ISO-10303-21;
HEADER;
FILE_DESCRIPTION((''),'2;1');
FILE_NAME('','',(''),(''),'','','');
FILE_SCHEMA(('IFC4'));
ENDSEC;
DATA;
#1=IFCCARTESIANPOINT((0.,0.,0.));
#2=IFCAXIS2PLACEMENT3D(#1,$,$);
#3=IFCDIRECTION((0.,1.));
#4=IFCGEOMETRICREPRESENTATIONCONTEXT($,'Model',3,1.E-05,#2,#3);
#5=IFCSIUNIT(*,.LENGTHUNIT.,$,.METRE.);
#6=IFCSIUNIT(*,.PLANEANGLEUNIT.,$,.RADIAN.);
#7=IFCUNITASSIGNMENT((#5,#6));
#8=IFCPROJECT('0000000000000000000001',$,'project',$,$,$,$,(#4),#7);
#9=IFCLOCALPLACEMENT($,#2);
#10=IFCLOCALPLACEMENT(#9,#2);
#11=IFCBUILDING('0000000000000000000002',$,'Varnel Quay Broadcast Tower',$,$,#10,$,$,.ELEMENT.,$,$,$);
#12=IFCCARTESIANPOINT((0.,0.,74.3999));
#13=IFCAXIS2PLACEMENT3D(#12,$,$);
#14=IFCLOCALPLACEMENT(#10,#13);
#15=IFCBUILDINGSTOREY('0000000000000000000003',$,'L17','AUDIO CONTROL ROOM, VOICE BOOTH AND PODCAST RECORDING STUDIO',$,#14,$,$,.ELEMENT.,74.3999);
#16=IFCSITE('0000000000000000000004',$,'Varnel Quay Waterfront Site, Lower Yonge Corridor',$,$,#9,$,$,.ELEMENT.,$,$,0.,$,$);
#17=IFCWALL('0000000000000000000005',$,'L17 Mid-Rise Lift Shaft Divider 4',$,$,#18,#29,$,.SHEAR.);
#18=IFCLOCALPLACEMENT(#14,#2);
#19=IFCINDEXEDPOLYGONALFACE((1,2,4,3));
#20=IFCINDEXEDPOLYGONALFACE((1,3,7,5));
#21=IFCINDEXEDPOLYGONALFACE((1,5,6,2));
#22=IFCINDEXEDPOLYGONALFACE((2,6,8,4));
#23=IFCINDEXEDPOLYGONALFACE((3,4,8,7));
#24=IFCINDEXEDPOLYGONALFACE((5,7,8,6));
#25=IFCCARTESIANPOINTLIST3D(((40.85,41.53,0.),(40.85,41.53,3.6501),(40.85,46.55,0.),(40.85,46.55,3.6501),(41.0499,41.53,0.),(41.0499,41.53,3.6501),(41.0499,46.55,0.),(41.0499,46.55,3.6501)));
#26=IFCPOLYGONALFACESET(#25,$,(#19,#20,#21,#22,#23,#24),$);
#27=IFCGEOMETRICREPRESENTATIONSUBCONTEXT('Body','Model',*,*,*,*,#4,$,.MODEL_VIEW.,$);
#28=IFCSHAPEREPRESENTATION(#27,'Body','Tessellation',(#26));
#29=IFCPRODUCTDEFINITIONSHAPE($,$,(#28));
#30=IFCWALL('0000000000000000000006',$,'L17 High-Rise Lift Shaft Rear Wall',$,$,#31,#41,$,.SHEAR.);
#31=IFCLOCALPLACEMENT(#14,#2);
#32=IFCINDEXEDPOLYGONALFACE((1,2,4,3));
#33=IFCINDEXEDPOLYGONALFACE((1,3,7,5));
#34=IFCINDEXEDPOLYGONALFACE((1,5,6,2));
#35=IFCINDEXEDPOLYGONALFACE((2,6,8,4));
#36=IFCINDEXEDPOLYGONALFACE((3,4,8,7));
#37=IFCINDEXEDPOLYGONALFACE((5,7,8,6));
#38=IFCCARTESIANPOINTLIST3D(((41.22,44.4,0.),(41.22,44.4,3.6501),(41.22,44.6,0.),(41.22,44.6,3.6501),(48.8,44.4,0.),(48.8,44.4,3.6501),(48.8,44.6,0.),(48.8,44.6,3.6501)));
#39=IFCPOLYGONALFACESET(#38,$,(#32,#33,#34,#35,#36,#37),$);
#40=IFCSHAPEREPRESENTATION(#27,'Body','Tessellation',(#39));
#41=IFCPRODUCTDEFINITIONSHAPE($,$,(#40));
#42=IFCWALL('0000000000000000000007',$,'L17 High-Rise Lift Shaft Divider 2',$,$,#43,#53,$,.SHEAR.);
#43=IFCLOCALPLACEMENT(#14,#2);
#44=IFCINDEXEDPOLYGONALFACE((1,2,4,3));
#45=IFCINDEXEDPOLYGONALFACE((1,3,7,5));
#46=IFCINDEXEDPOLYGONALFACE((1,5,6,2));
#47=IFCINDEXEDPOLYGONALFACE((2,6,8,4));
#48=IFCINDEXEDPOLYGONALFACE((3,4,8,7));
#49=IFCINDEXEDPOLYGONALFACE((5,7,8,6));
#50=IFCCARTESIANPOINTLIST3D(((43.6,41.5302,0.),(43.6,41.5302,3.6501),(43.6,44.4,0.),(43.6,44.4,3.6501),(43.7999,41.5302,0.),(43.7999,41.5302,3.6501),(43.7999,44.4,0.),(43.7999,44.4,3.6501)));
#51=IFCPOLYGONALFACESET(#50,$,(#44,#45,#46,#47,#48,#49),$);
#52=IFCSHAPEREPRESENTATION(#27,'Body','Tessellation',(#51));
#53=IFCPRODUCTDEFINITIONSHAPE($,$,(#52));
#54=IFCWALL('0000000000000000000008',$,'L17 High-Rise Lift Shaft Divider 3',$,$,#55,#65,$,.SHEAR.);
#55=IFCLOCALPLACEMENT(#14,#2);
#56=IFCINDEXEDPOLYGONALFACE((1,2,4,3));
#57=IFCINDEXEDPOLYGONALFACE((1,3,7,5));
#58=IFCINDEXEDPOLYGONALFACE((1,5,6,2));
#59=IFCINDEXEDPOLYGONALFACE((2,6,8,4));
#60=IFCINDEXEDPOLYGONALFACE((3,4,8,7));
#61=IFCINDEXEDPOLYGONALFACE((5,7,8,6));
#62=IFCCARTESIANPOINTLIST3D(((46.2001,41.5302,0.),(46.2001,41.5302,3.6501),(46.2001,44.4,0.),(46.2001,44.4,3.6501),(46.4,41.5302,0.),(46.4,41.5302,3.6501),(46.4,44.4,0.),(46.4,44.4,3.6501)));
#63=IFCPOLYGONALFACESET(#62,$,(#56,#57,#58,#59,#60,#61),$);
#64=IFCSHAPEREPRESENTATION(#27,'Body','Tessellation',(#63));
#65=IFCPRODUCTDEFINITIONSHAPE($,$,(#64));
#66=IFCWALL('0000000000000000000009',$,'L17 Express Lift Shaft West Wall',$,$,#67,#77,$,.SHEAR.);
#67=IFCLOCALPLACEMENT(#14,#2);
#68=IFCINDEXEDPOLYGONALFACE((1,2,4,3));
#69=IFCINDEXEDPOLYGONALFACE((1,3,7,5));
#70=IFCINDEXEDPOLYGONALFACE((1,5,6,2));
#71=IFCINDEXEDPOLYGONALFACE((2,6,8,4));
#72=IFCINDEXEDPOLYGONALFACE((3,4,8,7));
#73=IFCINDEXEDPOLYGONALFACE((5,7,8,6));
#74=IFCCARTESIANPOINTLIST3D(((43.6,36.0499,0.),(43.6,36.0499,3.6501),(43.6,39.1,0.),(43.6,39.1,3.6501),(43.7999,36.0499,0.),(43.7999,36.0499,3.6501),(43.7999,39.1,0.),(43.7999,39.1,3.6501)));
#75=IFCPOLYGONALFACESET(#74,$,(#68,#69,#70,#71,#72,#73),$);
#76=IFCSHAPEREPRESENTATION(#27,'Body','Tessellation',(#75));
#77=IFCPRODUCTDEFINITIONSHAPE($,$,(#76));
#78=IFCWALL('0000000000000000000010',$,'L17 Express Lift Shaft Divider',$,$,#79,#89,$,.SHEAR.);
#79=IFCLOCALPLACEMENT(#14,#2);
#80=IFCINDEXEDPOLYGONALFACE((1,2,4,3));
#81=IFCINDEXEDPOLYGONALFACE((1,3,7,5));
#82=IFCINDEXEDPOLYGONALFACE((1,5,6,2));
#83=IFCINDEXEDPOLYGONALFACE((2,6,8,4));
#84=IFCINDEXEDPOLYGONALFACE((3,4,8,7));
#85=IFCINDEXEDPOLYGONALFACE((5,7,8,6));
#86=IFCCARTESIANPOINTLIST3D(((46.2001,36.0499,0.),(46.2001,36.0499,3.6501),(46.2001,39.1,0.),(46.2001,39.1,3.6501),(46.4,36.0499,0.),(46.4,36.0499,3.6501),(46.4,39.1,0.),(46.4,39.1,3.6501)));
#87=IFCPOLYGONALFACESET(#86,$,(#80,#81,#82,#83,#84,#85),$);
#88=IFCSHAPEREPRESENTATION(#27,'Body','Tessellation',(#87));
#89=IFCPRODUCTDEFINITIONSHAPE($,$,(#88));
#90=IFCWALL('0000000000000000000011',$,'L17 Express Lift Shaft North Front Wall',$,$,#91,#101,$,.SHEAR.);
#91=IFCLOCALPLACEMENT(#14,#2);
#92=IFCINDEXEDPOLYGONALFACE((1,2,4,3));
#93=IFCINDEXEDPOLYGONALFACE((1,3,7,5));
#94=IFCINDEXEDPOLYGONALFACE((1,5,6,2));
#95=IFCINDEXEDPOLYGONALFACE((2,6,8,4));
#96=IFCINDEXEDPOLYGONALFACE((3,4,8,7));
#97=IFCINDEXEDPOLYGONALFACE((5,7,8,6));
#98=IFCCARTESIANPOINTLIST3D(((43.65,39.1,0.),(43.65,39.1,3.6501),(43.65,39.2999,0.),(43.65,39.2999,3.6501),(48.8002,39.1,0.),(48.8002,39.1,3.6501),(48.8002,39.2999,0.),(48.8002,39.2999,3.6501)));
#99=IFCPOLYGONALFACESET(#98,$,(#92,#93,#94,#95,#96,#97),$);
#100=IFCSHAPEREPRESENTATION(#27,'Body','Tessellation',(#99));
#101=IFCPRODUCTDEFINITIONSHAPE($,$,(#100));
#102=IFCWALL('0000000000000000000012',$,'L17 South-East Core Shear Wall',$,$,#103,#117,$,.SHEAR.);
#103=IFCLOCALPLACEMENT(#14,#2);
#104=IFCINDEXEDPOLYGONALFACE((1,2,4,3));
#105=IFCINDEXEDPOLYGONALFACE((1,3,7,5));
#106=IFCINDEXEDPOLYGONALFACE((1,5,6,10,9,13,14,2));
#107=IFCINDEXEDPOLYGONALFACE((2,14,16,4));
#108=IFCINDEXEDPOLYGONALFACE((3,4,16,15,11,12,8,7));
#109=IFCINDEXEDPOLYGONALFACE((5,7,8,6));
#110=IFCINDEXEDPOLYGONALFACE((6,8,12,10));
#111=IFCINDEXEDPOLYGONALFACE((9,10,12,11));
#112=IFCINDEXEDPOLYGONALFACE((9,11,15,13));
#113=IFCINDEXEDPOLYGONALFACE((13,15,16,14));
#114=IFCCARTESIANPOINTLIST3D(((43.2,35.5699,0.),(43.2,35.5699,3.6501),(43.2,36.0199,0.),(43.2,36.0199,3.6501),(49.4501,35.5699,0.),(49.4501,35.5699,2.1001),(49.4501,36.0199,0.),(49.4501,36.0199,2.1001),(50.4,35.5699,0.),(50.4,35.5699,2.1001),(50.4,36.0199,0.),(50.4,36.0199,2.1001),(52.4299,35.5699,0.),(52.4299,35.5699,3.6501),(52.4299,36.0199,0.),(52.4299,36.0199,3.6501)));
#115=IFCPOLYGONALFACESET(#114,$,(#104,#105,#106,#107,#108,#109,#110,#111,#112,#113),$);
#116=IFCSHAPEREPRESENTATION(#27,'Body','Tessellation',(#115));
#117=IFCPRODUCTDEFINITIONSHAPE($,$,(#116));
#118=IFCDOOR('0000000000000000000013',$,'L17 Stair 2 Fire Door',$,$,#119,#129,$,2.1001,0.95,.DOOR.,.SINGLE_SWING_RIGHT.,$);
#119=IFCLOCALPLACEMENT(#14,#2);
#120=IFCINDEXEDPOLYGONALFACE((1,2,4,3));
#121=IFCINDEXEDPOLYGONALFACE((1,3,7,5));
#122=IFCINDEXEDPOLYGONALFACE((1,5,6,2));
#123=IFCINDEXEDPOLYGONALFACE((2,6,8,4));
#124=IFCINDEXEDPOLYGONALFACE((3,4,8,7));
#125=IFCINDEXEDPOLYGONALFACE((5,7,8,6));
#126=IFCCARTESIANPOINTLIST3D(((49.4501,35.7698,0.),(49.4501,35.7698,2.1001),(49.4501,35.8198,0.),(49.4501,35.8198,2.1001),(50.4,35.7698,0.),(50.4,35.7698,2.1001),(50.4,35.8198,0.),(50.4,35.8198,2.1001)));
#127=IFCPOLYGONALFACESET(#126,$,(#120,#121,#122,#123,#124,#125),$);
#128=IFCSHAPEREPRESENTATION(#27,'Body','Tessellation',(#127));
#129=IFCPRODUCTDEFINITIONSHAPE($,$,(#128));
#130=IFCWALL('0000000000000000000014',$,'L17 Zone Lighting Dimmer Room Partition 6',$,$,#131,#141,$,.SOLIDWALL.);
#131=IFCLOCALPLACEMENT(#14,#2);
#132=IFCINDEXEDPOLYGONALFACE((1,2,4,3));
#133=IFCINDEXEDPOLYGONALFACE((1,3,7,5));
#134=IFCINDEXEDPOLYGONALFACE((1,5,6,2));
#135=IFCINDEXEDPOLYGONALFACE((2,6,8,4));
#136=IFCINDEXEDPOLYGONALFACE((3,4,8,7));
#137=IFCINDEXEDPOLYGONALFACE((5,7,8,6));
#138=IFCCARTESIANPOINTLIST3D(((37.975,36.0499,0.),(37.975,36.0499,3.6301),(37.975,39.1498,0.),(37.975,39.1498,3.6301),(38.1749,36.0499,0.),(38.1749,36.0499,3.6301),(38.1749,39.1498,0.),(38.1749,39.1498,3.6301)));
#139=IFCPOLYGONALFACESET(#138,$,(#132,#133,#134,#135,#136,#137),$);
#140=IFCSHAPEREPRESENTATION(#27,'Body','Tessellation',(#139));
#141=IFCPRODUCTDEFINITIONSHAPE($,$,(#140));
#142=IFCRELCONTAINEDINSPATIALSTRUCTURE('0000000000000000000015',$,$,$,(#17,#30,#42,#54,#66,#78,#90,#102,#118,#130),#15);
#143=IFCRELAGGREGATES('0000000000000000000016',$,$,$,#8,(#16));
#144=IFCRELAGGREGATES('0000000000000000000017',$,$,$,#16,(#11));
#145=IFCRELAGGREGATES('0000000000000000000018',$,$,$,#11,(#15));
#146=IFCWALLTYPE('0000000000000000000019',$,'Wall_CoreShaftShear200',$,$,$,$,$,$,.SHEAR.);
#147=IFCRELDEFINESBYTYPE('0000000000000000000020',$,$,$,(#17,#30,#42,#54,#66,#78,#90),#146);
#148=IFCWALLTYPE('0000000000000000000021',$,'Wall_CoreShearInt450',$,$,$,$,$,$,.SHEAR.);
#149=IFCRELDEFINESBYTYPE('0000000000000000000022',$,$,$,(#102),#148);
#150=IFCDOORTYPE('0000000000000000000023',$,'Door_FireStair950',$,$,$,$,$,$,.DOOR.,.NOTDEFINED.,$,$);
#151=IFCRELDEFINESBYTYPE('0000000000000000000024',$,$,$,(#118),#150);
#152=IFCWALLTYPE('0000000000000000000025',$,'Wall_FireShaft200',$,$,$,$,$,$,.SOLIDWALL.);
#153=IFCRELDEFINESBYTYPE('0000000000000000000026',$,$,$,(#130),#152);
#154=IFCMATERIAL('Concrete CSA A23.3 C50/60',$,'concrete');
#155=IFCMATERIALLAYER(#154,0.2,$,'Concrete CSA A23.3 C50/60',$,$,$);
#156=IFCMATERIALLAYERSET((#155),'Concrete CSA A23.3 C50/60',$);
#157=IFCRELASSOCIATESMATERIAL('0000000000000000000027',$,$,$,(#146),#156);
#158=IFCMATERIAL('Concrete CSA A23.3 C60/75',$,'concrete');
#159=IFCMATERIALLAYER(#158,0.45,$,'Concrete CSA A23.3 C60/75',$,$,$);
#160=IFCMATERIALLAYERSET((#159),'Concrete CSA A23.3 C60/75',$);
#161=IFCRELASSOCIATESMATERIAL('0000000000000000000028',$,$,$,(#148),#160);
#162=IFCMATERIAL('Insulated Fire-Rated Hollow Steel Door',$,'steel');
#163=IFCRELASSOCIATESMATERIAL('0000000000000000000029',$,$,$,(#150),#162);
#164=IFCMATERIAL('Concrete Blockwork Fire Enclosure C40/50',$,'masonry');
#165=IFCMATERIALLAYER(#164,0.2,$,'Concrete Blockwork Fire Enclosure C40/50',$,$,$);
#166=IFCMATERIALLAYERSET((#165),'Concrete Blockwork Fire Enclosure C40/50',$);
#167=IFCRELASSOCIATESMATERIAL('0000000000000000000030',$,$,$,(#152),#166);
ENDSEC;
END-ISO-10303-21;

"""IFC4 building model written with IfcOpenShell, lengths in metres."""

from ifc_helpers import new_model, si_unit, direction, frame, frame_2d, origin, place, context, subcontext, project, spatial, rectangle, extrude, source, transform, mapped, material, layer, layer_set, type_object, type_shapes, element, fill, save


model = new_model("IFC4")

# Units and contexts
model_context = context("Model", 3, precision=1e-05, world=origin(), true_north=direction((0.0, 1.0)))
body_context = subcontext(model_context, "Body", "Model", "MODEL_VIEW")
ifc_project = project(units=[si_unit("LENGTHUNIT", "METRE"), si_unit("PLANEANGLEUNIT", "RADIAN")], contexts=[model_context])

# Site, building, storey
site_placement = place(None, origin())
site = spatial("IfcSite", under=ifc_project, at=site_placement, Name="Varnel Quay Waterfront Site, Lower Yonge Corridor", CompositionType="ELEMENT", RefElevation=0.0)
building_placement = place(site_placement, origin())
building = spatial("IfcBuilding", under=site, at=building_placement, Name="Varnel Quay Broadcast Tower", CompositionType="ELEMENT")
storey_placement = place(building_placement, frame((0.0, 0.0, 74.3999)))
storey = spatial("IfcBuildingStorey", under=building, at=storey_placement, Name="L17", Description="AUDIO CONTROL ROOM, VOICE BOOTH AND PODCAST RECORDING STUDIO", CompositionType="ELEMENT", Elevation=74.3999)

# Walls
ifc_material_1 = material(Name="Concrete CSA A23.3 C50/60", Category="concrete")
ifc_layer_1 = layer(ifc_material_1, 0.2, Name="Concrete CSA A23.3 C50/60")
ifc_layer_set_1 = layer_set([ifc_layer_1], Name="Concrete CSA A23.3 C50/60")
wall_type_1 = type_object("IfcWallType", Name="Wall_CoreShaftShear200", PredefinedType="SHEAR", material=ifc_layer_set_1)
wall_1_placement = place(storey_placement, frame((40.95, 41.53, 0.0), z_axis=(0.0, 0.0, 1.0), x_axis=(0.0, 1.0, 0.0)))
element("IfcWall", 1, at=wall_1_placement, inside=storey, type_object=wall_type_1, Name="L17 Mid-Rise Lift Shaft Divider 4", PredefinedType="SHEAR", context=body_context, shape_type="SweptSolid", body=[
    extrude(rectangle(XDim=5.02, YDim=0.2, at=frame_2d((2.51, 0.0))), origin(), (0.0, 0.0, 1.0), 3.6501),
])
wall_2_placement = place(storey_placement, frame((41.22, 44.5, 0.0), z_axis=(0.0, 0.0, 1.0), x_axis=(1.0, 0.0, 0.0)))
element("IfcWall", 2, at=wall_2_placement, inside=storey, type_object=wall_type_1, Name="L17 High-Rise Lift Shaft Rear Wall", PredefinedType="SHEAR", context=body_context, shape_type="SweptSolid", body=[
    extrude(rectangle(XDim=7.5801, YDim=0.2, at=frame_2d((3.79, 0.0))), origin(), (0.0, 0.0, 1.0), 3.6501),
])
for number, where, z_axis, x_axis, name in (
    (3, (43.7, 41.53, 0.0), (0.0, 0.0, 1.0), (0.0, 1.0, 0.0), "L17 High-Rise Lift Shaft Divider 2"),
    (4, (46.3, 41.53, 0.0), (0.0, 0.0, 1.0), (0.0, 1.0, 0.0), "L17 High-Rise Lift Shaft Divider 3"),
):
    element("IfcWall", number, at=place(storey_placement, frame(where, z_axis=z_axis, x_axis=x_axis)), inside=storey, type_object=wall_type_1, Name=name, PredefinedType="SHEAR", context=body_context, shape_type="SweptSolid", body=[
        extrude(rectangle(XDim=2.8699, YDim=0.2, at=frame_2d((1.4351, 0.0))), origin(), (0.0, 0.0, 1.0), 3.6501),
    ])
for number, where, z_axis, x_axis, name in (
    (5, (43.7, 36.05, 0.0), (0.0, 0.0, 1.0), (0.0, 1.0, 0.0), "L17 Express Lift Shaft West Wall"),
    (6, (46.3, 36.05, 0.0), (0.0, 0.0, 1.0), (0.0, 1.0, 0.0), "L17 Express Lift Shaft Divider"),
):
    element("IfcWall", number, at=place(storey_placement, frame(where, z_axis=z_axis, x_axis=x_axis)), inside=storey, type_object=wall_type_1, Name=name, PredefinedType="SHEAR", context=body_context, shape_type="SweptSolid", body=[
        extrude(rectangle(XDim=3.05, YDim=0.2, at=frame_2d((1.5249, 0.0))), origin(), (0.0, 0.0, 1.0), 3.6501),
    ])
wall_3_placement = place(storey_placement, frame((43.6499, 39.2, 0.0), z_axis=(0.0, 0.0, 1.0), x_axis=(1.0, 0.0, 0.0)))
element("IfcWall", 7, at=wall_3_placement, inside=storey, type_object=wall_type_1, Name="L17 Express Lift Shaft North Front Wall", PredefinedType="SHEAR", context=body_context, shape_type="SweptSolid", body=[
    extrude(rectangle(XDim=5.1501, YDim=0.2, at=frame_2d((2.5752, 0.0))), origin(), (0.0, 0.0, 1.0), 3.6501),
])

# Wall, opening, door
ifc_material_2 = material(Name="Concrete CSA A23.3 C60/75", Category="concrete")
ifc_layer_2 = layer(ifc_material_2, 0.45, Name="Concrete CSA A23.3 C60/75")
ifc_layer_set_2 = layer_set([ifc_layer_2], Name="Concrete CSA A23.3 C60/75")
wall_type_2 = type_object("IfcWallType", Name="Wall_CoreShearInt450", PredefinedType="SHEAR", material=ifc_layer_set_2)
wall_4_placement = place(storey_placement, frame((43.2, 35.7949, 0.0), z_axis=(0.0, 0.0, 1.0), x_axis=(1.0, 0.0, 0.0)))
wall_4 = element("IfcWall", 8, at=wall_4_placement, inside=storey, type_object=wall_type_2, Name="L17 South-East Core Shear Wall", PredefinedType="SHEAR", context=body_context, shape_type="SweptSolid", body=[
    extrude(rectangle(XDim=9.23, YDim=0.45, at=frame_2d((4.615, 0.0))), origin(), (0.0, 0.0, 1.0), 3.6501),
])
opening_placement = place(wall_4_placement, frame((6.25, 0.0, 0.0)))
opening = element("IfcOpeningElement", 9, at=opening_placement, cuts=wall_4, PredefinedType="OPENING", context=body_context, shape_type="SweptSolid", body=[
    extrude(rectangle(XDim=0.95, YDim=2.1001, at=frame_2d((0.4751, 1.05))), frame((0.0, 0.2349, 0.0), z_axis=(0.0, -1.0, 0.0), x_axis=(1.0, 0.0, 0.0)), (0.0, 0.0, 1.0), 0.47),
])
ifc_material_3 = material(Name="Insulated Fire-Rated Hollow Steel Door", Category="steel")
door_type = type_object("IfcDoorType", Name="Door_FireStair950", OperationType="NOTDEFINED", PredefinedType="DOOR", material=ifc_material_3)
shared_shape_1 = source(origin(), body_context, "Body", "SweptSolid", [
    extrude(rectangle(XDim=0.95, YDim=2.1001, at=frame_2d((0.4751, 1.05))), frame((0.0, 0.0249, 0.0), z_axis=(0.0, -1.0, 0.0), x_axis=(1.0, 0.0, 0.0)), (0.0, 0.0, 1.0), 0.05),
])
type_shapes(door_type, [shared_shape_1])
door_placement = place(opening_placement, origin())
door = element("IfcDoor", 10, at=door_placement, inside=storey, type_object=door_type, Name="L17 Stair 2 Fire Door", OperationType="SINGLE_SWING_RIGHT", OverallHeight=2.1001, OverallWidth=0.95, PredefinedType="DOOR", context=body_context, shape_type="MappedRepresentation", body=[
    mapped(shared_shape_1, transform((0.0, 0.0, 0.0), x_axis=(1.0, 0.0, 0.0), y_axis=(0.0, 1.0, 0.0), z_axis=(0.0, 0.0, 1.0), scale=1.0)),
])
fill(opening, door)

# Wall
ifc_material_4 = material(Name="Concrete Blockwork Fire Enclosure C40/50", Category="masonry")
ifc_layer_3 = layer(ifc_material_4, 0.2, Name="Concrete Blockwork Fire Enclosure C40/50")
ifc_layer_set_3 = layer_set([ifc_layer_3], Name="Concrete Blockwork Fire Enclosure C40/50")
wall_type_3 = type_object("IfcWallType", Name="Wall_FireShaft200", PredefinedType="SOLIDWALL", material=ifc_layer_set_3)
wall_5_placement = place(storey_placement, frame((38.075, 36.05, 0.0), z_axis=(0.0, 0.0, 1.0), x_axis=(0.0, 1.0, 0.0)))
element("IfcWall", 11, at=wall_5_placement, inside=storey, type_object=wall_type_3, Name="L17 Zone Lighting Dimmer Room Partition 6", PredefinedType="SOLIDWALL", context=body_context, shape_type="SweptSolid", body=[
    extrude(rectangle(XDim=3.0999, YDim=0.2, at=frame_2d((1.5498, 0.0))), origin(), (0.0, 0.0, 1.0), 3.6301),
])

save(model, "model.ifc")
